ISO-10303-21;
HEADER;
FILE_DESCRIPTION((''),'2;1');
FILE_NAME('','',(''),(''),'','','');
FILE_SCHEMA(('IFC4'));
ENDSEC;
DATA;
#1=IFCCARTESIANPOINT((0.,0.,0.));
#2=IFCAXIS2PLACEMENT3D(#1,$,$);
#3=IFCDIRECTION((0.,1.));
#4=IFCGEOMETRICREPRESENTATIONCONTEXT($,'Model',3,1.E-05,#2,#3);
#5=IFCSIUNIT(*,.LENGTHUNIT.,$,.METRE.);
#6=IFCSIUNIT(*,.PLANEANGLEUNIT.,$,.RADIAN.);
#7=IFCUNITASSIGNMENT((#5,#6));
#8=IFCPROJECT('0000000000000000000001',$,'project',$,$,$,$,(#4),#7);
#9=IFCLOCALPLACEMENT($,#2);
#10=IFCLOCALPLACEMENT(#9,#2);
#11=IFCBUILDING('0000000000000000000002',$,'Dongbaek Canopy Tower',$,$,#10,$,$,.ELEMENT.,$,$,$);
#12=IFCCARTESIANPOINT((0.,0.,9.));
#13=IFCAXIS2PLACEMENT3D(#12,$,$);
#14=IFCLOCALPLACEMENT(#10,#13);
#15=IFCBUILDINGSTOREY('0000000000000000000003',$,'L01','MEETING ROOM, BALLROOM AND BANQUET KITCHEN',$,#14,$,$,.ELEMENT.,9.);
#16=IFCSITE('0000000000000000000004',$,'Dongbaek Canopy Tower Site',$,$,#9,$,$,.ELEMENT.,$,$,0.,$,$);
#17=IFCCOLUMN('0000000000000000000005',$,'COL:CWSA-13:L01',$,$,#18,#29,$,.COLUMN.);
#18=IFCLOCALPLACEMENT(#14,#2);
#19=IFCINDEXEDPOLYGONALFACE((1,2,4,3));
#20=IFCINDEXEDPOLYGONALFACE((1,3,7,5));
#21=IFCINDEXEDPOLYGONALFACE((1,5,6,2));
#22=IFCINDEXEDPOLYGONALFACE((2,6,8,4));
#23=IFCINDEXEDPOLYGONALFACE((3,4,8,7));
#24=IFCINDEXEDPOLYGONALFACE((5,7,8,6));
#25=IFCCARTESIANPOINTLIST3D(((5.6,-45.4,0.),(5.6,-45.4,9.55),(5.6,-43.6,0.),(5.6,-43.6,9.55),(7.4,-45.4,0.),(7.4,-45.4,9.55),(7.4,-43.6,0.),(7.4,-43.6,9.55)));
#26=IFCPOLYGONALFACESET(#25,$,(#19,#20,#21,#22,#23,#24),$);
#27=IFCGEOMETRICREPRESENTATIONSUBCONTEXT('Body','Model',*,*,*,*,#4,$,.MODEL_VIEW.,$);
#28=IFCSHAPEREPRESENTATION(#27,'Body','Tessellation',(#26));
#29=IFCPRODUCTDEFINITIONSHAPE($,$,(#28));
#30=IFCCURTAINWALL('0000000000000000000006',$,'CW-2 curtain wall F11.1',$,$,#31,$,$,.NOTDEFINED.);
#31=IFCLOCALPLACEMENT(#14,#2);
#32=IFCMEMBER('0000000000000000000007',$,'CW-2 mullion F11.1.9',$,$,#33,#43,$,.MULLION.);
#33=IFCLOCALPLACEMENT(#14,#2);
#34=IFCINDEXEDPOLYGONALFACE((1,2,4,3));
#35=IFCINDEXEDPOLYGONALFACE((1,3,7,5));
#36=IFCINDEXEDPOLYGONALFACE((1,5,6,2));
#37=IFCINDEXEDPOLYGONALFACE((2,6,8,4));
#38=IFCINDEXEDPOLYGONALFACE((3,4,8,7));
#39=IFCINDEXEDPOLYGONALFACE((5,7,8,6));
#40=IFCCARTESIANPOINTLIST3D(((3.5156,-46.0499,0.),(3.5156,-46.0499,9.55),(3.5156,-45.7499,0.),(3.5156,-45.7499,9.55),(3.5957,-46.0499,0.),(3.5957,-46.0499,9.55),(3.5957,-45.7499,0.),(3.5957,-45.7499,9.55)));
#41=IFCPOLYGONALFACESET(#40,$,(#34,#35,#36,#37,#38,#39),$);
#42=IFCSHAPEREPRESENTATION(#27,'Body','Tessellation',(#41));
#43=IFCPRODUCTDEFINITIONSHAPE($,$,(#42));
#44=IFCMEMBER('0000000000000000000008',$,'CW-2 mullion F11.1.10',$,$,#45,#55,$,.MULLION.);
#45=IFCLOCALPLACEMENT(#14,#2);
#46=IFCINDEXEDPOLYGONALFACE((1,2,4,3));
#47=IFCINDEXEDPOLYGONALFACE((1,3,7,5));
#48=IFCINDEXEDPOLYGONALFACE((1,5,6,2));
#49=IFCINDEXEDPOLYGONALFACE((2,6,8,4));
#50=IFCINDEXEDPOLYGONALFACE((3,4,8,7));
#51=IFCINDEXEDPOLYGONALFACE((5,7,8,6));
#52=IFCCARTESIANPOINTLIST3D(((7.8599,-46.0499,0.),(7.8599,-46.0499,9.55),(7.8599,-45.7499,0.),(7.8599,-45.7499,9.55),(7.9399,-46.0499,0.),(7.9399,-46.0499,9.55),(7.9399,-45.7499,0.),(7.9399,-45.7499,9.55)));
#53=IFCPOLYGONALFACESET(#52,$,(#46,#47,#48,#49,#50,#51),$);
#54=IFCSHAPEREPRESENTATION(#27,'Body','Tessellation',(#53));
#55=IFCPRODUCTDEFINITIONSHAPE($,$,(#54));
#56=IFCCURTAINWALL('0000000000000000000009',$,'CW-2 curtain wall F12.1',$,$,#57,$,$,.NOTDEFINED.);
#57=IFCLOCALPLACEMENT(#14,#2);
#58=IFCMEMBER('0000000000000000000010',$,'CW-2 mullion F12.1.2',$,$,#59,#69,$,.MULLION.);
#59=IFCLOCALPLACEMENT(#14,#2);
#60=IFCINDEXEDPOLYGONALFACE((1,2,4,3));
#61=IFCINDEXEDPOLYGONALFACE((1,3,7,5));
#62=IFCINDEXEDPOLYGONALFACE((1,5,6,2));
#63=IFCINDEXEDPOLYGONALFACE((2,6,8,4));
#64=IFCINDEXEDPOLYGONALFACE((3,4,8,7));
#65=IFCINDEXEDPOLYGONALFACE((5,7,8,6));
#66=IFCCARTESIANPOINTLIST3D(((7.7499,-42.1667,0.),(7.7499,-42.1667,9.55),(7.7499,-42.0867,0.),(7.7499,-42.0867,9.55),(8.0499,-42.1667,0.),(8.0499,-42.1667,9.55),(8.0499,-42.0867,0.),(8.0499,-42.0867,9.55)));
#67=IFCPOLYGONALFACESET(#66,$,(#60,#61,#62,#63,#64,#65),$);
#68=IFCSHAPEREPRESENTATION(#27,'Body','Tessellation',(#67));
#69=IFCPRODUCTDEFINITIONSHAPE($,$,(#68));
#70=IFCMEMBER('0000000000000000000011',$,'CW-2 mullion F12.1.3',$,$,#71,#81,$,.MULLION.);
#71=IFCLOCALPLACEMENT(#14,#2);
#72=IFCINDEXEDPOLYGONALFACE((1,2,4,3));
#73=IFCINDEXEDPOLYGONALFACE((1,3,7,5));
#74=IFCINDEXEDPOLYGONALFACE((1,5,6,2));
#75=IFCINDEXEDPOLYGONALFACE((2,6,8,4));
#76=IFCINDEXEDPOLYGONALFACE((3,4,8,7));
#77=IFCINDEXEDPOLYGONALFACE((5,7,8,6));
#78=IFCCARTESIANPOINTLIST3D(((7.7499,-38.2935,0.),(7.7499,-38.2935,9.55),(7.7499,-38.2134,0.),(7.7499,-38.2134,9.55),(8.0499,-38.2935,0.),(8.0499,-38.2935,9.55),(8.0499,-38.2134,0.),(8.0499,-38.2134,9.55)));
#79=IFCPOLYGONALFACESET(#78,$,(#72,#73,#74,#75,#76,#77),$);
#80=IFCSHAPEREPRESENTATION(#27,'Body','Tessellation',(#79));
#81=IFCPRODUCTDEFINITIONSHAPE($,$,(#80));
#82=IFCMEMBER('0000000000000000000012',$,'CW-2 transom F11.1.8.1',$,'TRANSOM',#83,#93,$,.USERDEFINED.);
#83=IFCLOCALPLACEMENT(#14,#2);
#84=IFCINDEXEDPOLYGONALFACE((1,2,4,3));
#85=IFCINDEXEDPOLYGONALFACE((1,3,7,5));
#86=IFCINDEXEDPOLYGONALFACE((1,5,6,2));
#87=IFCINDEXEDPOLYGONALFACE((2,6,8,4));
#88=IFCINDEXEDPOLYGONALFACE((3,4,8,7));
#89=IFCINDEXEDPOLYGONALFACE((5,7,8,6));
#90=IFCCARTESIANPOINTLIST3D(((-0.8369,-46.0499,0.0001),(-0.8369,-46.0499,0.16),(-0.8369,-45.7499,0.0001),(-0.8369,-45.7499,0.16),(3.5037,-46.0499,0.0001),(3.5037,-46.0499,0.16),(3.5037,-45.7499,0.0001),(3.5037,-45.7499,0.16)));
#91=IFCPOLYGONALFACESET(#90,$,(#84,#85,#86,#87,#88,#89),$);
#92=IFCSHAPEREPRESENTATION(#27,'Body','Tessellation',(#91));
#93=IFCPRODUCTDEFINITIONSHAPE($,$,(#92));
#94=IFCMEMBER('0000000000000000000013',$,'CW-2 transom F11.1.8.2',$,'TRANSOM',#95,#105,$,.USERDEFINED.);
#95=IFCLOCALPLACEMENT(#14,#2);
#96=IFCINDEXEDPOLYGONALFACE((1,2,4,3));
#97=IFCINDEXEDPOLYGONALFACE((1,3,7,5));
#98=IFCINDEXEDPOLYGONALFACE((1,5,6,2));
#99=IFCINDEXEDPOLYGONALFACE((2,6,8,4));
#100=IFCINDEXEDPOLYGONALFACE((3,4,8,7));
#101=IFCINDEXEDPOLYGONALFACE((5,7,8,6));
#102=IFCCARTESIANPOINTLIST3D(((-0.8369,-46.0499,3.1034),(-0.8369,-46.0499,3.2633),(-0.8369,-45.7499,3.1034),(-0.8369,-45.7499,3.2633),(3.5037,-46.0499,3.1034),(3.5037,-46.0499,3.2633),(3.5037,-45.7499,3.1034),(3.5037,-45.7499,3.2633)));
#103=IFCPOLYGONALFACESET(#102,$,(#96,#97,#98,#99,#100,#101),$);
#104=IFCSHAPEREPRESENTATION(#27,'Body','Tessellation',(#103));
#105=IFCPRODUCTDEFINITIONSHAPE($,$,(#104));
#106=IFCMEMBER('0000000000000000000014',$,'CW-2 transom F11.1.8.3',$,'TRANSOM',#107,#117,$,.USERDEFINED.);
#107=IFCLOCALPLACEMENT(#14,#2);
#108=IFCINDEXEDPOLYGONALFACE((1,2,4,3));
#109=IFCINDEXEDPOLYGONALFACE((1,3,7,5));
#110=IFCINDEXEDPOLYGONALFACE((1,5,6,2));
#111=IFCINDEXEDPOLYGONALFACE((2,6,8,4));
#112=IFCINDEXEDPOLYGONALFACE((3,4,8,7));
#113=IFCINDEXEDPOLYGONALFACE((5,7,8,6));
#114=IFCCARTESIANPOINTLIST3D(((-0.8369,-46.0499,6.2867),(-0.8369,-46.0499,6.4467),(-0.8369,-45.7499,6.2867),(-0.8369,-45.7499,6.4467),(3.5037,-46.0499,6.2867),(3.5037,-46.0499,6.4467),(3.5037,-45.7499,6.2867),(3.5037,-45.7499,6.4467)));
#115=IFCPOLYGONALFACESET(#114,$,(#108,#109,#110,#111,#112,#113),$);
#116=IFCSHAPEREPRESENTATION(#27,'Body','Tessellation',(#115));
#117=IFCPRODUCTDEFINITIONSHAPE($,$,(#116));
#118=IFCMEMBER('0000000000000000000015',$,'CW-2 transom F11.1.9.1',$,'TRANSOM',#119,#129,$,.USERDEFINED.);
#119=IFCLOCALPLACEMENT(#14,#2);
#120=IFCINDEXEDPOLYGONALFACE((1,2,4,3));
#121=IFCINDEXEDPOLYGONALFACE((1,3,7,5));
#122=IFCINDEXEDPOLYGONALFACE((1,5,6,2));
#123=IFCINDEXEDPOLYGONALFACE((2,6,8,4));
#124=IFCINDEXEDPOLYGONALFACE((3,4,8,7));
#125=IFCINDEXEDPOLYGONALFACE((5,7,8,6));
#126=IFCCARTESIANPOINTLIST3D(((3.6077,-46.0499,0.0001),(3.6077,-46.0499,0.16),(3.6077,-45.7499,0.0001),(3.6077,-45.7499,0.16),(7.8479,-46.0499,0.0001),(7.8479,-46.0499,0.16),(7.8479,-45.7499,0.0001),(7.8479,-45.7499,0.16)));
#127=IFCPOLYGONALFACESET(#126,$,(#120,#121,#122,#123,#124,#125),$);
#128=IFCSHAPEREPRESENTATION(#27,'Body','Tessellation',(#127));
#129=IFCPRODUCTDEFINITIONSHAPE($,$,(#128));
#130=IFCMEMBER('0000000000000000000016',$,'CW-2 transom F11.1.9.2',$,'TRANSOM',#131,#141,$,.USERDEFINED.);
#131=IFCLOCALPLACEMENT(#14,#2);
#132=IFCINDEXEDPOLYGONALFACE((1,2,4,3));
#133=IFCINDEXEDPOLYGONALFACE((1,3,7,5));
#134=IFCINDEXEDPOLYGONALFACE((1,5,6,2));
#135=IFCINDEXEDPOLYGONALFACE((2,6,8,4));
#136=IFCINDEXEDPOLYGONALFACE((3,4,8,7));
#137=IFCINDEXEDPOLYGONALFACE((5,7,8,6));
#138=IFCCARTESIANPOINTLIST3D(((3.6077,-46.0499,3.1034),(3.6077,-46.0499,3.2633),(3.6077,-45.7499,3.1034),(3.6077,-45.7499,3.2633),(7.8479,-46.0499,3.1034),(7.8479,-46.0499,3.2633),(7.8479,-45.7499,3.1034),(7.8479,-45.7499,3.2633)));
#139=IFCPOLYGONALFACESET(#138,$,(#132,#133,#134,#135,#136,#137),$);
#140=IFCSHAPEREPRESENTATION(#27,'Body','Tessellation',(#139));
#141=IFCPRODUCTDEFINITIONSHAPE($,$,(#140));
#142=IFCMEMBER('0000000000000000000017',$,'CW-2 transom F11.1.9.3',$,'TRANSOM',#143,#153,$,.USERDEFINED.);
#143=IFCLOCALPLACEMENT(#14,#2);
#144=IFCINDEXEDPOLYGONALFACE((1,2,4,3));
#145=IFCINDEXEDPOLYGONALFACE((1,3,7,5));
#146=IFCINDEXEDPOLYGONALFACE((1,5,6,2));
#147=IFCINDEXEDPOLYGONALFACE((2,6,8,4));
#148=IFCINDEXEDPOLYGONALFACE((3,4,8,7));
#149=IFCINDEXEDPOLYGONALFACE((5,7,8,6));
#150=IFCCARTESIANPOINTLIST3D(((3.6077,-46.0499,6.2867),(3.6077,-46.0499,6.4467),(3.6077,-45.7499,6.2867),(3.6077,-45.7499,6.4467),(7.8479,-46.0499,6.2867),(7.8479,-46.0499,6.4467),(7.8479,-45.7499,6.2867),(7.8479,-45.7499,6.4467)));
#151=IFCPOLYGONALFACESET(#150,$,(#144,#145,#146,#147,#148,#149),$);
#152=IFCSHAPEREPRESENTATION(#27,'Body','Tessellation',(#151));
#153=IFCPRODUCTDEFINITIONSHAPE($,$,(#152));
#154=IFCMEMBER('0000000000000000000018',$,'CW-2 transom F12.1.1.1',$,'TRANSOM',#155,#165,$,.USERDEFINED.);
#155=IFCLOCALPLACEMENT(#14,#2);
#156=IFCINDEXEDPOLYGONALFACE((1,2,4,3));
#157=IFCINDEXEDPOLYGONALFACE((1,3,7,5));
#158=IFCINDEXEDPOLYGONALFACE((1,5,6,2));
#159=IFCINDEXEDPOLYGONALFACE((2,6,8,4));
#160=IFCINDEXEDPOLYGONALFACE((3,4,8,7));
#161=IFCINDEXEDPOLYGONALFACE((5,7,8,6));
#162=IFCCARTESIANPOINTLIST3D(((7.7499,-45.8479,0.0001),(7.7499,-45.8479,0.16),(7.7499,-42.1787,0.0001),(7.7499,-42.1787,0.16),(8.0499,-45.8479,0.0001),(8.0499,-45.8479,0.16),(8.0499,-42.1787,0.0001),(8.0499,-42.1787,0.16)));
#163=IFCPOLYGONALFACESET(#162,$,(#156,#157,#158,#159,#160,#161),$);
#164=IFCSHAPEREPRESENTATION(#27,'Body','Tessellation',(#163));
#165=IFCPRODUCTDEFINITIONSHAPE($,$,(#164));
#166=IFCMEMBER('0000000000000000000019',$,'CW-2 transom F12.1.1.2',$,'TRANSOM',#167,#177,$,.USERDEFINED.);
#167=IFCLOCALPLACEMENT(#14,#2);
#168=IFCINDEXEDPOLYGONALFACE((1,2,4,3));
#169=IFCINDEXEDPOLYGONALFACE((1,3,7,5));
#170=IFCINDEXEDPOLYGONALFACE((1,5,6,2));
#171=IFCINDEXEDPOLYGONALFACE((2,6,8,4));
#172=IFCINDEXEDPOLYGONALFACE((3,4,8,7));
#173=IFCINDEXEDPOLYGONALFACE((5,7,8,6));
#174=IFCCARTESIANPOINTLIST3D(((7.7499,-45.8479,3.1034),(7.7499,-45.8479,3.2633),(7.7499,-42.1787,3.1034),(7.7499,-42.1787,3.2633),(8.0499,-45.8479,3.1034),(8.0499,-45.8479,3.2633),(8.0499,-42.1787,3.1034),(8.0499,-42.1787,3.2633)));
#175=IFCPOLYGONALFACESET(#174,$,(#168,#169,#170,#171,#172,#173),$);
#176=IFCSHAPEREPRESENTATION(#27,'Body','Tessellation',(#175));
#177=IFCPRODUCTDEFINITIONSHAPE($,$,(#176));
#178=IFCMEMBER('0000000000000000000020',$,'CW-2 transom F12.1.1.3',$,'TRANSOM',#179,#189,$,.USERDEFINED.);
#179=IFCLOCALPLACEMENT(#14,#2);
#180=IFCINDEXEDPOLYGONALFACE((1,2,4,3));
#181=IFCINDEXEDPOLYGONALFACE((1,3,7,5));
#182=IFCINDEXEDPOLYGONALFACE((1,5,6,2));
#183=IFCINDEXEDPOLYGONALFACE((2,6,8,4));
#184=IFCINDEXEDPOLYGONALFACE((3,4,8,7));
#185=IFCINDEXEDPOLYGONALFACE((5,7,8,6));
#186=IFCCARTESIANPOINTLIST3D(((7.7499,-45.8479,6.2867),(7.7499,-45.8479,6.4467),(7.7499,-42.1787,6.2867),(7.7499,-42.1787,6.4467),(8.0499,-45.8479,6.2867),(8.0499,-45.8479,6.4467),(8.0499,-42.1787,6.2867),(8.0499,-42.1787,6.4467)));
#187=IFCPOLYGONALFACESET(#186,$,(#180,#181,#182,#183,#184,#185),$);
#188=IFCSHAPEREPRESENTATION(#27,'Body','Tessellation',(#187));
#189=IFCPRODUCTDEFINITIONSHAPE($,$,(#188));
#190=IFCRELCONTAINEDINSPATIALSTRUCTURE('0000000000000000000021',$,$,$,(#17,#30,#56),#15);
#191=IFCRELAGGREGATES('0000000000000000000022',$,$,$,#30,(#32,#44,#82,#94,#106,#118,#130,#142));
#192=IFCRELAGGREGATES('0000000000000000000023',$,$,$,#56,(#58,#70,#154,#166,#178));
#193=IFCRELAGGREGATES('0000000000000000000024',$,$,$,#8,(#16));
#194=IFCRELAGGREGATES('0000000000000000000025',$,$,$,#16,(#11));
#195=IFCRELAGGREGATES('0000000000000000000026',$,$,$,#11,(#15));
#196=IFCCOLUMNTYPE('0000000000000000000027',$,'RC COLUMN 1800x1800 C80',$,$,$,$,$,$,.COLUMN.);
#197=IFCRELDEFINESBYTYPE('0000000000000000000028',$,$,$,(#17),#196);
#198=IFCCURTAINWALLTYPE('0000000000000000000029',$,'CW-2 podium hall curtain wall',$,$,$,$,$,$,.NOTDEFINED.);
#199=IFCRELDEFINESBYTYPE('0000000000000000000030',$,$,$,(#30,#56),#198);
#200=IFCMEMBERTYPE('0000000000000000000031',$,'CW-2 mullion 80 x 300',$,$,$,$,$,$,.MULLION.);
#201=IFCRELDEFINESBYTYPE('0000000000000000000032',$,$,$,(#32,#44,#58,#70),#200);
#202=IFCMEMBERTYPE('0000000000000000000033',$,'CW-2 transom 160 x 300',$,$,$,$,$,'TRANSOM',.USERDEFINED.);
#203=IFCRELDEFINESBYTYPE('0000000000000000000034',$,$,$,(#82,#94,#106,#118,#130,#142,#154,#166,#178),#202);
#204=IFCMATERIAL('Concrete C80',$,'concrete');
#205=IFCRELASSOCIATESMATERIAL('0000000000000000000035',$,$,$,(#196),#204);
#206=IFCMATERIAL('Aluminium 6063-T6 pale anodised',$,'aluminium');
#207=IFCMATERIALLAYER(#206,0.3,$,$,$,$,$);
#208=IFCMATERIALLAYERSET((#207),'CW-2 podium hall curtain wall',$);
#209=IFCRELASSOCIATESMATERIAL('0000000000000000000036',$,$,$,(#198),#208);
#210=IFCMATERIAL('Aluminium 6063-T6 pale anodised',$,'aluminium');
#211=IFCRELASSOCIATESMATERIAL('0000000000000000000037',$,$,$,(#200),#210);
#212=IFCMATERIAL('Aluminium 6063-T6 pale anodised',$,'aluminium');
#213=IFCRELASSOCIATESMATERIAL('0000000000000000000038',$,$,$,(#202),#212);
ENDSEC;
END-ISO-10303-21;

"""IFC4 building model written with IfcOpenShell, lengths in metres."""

from ifc_helpers import new_model, si_unit, direction, frame, origin, origin_2d, place, context, subcontext, project, spatial, rectangle, extrude, material, layer, layer_set, material_profile, profile_set, type_object, element, aggregate, save


model = new_model("IFC4")

# Units and contexts
model_context = context("Model", 3, precision=1e-05, world=origin(), true_north=direction((0.0, 1.0)))
body_context = subcontext(model_context, "Body", "Model", "MODEL_VIEW")
ifc_project = project(units=[si_unit("LENGTHUNIT", "METRE"), si_unit("PLANEANGLEUNIT", "RADIAN")], contexts=[model_context])

# Site, building, storey
site_placement = place(None, origin())
site = spatial("IfcSite", under=ifc_project, at=site_placement, Name="Dongbaek Canopy Tower Site", CompositionType="ELEMENT", RefElevation=0.0)
building_placement = place(site_placement, origin())
building = spatial("IfcBuilding", under=site, at=building_placement, Name="Dongbaek Canopy Tower", CompositionType="ELEMENT")
storey_placement = place(building_placement, frame((0.0, 0.0, 9.0)))
storey = spatial("IfcBuildingStorey", under=building, at=storey_placement, Name="L01", Description="MEETING ROOM, BALLROOM AND BANQUET KITCHEN", CompositionType="ELEMENT", Elevation=9.0)

# Column
ifc_material_1 = material(Name="Concrete C80", Category="concrete")
ifc_material_profile_1 = material_profile(ifc_material_1, rectangle(XDim=1.8, YDim=1.8, at=origin_2d()), Name="RC COLUMN 1800x1800 C80")
ifc_profile_set_1 = profile_set([ifc_material_profile_1], Name="Concrete C80")
column_type = type_object("IfcColumnType", Name="RC COLUMN 1800x1800 C80", PredefinedType="COLUMN", material=ifc_profile_set_1)
column_placement = place(storey_placement, frame((6.5, -44.5, 0.0), z_axis=(0.0, 0.0, 1.0), x_axis=(1.0, 0.0, 0.0)))
element("IfcColumn", 1, at=column_placement, inside=storey, type_object=column_type, Name="COL:CWSA-13:L01", PredefinedType="COLUMN", context=body_context, shape_type="SweptSolid", body=[
    extrude(rectangle(XDim=1.8, YDim=1.8, at=origin_2d()), origin(), (0.0, 0.0, 1.0), 9.55),
])

# Curtain walls, members
ifc_material_2 = material(Name="Aluminium 6063-T6 pale anodised", Category="aluminium")
ifc_layer_1 = layer(ifc_material_2, 0.3)
ifc_layer_set_1 = layer_set([ifc_layer_1], Name="CW-2 podium hall curtain wall")
curtain_wall_type = type_object("IfcCurtainWallType", Name="CW-2 podium hall curtain wall", PredefinedType="NOTDEFINED", material=ifc_layer_set_1)
curtain_wall_1_placement = place(storey_placement, origin())
curtain_wall_1 = element("IfcCurtainWall", 2, at=curtain_wall_1_placement, inside=storey, type_object=curtain_wall_type, Name="CW-2 curtain wall F11.1", PredefinedType="NOTDEFINED")
ifc_material_3 = material(Name="Aluminium 6063-T6 pale anodised", Category="aluminium")
ifc_material_profile_2 = material_profile(ifc_material_3, rectangle(XDim=0.3, YDim=0.0801, at=origin_2d()), Name="CW-2 mullion 80 x 300")
ifc_profile_set_2 = profile_set([ifc_material_profile_2], Name="Aluminium 6063-T6 pale anodised")
member_type_1 = type_object("IfcMemberType", Name="CW-2 mullion 80 x 300", PredefinedType="MULLION", material=ifc_profile_set_2)
member_1_placement = place(storey_placement, frame((3.5557, -45.8999, 0.0), z_axis=(0.0, 0.0, 1.0), x_axis=(0.0, -1.0, 0.0)))
member_1 = element("IfcMember", 3, at=member_1_placement, type_object=member_type_1, Name="CW-2 mullion F11.1.9", PredefinedType="MULLION", context=body_context, shape_type="SweptSolid", body=[
    extrude(rectangle(XDim=0.3, YDim=0.0801, at=origin_2d()), origin(), (0.0, 0.0, 1.0), 9.55),
])
member_2_placement = place(storey_placement, frame((7.8999, -45.8999, 0.0), z_axis=(0.0, 0.0, 1.0), x_axis=(0.0, -1.0, 0.0)))
member_2 = element("IfcMember", 4, at=member_2_placement, type_object=member_type_1, Name="CW-2 mullion F11.1.10", PredefinedType="MULLION", context=body_context, shape_type="SweptSolid", body=[
    extrude(rectangle(XDim=0.3, YDim=0.0801, at=origin_2d()), origin(), (0.0, 0.0, 1.0), 9.55),
])
curtain_wall_2_placement = place(storey_placement, origin())
curtain_wall_2 = element("IfcCurtainWall", 5, at=curtain_wall_2_placement, inside=storey, type_object=curtain_wall_type, Name="CW-2 curtain wall F12.1", PredefinedType="NOTDEFINED")
member_3_placement = place(storey_placement, frame((7.8999, -42.1267, 0.0), z_axis=(0.0, 0.0, 1.0), x_axis=(1.0, 0.0, 0.0)))
member_3 = element("IfcMember", 6, at=member_3_placement, type_object=member_type_1, Name="CW-2 mullion F12.1.2", PredefinedType="MULLION", context=body_context, shape_type="SweptSolid", body=[
    extrude(rectangle(XDim=0.3, YDim=0.0801, at=origin_2d()), origin(), (0.0, 0.0, 1.0), 9.55),
])
member_4_placement = place(storey_placement, frame((7.8999, -38.2534, 0.0), z_axis=(0.0, 0.0, 1.0), x_axis=(1.0, 0.0, 0.0)))
member_4 = element("IfcMember", 7, at=member_4_placement, type_object=member_type_1, Name="CW-2 mullion F12.1.3", PredefinedType="MULLION", context=body_context, shape_type="SweptSolid", body=[
    extrude(rectangle(XDim=0.3, YDim=0.0801, at=origin_2d()), origin(), (0.0, 0.0, 1.0), 9.55),
])

# Members
ifc_material_4 = material(Name="Aluminium 6063-T6 pale anodised", Category="aluminium")
ifc_material_profile_3 = material_profile(ifc_material_4, rectangle(XDim=0.3, YDim=0.1599, at=origin_2d()), Name="CW-2 transom 160 x 300")
ifc_profile_set_3 = profile_set([ifc_material_profile_3], Name="Aluminium 6063-T6 pale anodised")
member_type_2 = type_object("IfcMemberType", Name="CW-2 transom 160 x 300", ElementType="TRANSOM", PredefinedType="USERDEFINED", material=ifc_profile_set_3)
member_5_placement = place(storey_placement, frame((-0.8369, -45.8999, 0.0801), z_axis=(1.0, 0.0, 0.0), x_axis=(0.0, 1.0, 0.0)))
member_5 = element("IfcMember", 8, at=member_5_placement, type_object=member_type_2, Name="CW-2 transom F11.1.8.1", ObjectType="TRANSOM", PredefinedType="USERDEFINED", context=body_context, shape_type="SweptSolid", body=[
    extrude(rectangle(XDim=0.3, YDim=0.1599, at=origin_2d()), origin(), (0.0, 0.0, 1.0), 4.3406),
])
member_6_placement = place(storey_placement, frame((-0.8369, -45.8999, 3.1833), z_axis=(1.0, 0.0, 0.0), x_axis=(0.0, 1.0, 0.0)))
member_6 = element("IfcMember", 9, at=member_6_placement, type_object=member_type_2, Name="CW-2 transom F11.1.8.2", ObjectType="TRANSOM", PredefinedType="USERDEFINED", context=body_context, shape_type="SweptSolid", body=[
    extrude(rectangle(XDim=0.3, YDim=0.1599, at=origin_2d()), origin(), (0.0, 0.0, 1.0), 4.3406),
])
member_7_placement = place(storey_placement, frame((-0.8369, -45.8999, 6.3667), z_axis=(1.0, 0.0, 0.0), x_axis=(0.0, 1.0, 0.0)))
member_7 = element("IfcMember", 10, at=member_7_placement, type_object=member_type_2, Name="CW-2 transom F11.1.8.3", ObjectType="TRANSOM", PredefinedType="USERDEFINED", context=body_context, shape_type="SweptSolid", body=[
    extrude(rectangle(XDim=0.3, YDim=0.1599, at=origin_2d()), origin(), (0.0, 0.0, 1.0), 4.3406),
])
member_8_placement = place(storey_placement, frame((3.6077, -45.8999, 0.0801), z_axis=(1.0, 0.0, 0.0), x_axis=(0.0, 1.0, 0.0)))
member_8 = element("IfcMember", 11, at=member_8_placement, type_object=member_type_2, Name="CW-2 transom F11.1.9.1", ObjectType="TRANSOM", PredefinedType="USERDEFINED", context=body_context, shape_type="SweptSolid", body=[
    extrude(rectangle(XDim=0.3, YDim=0.1599, at=origin_2d()), origin(), (0.0, 0.0, 1.0), 4.2402),
])
member_9_placement = place(storey_placement, frame((3.6077, -45.8999, 3.1833), z_axis=(1.0, 0.0, 0.0), x_axis=(0.0, 1.0, 0.0)))
member_9 = element("IfcMember", 12, at=member_9_placement, type_object=member_type_2, Name="CW-2 transom F11.1.9.2", ObjectType="TRANSOM", PredefinedType="USERDEFINED", context=body_context, shape_type="SweptSolid", body=[
    extrude(rectangle(XDim=0.3, YDim=0.1599, at=origin_2d()), origin(), (0.0, 0.0, 1.0), 4.2402),
])
member_10_placement = place(storey_placement, frame((3.6077, -45.8999, 6.3667), z_axis=(1.0, 0.0, 0.0), x_axis=(0.0, 1.0, 0.0)))
member_10 = element("IfcMember", 13, at=member_10_placement, type_object=member_type_2, Name="CW-2 transom F11.1.9.3", ObjectType="TRANSOM", PredefinedType="USERDEFINED", context=body_context, shape_type="SweptSolid", body=[
    extrude(rectangle(XDim=0.3, YDim=0.1599, at=origin_2d()), origin(), (0.0, 0.0, 1.0), 4.2402),
])
member_11_placement = place(storey_placement, frame((7.8999, -45.8479, 0.0801), z_axis=(0.0, 1.0, 0.0), x_axis=(-1.0, 0.0, 0.0)))
member_11 = element("IfcMember", 14, at=member_11_placement, type_object=member_type_2, Name="CW-2 transom F12.1.1.1", ObjectType="TRANSOM", PredefinedType="USERDEFINED", context=body_context, shape_type="SweptSolid", body=[
    extrude(rectangle(XDim=0.3, YDim=0.1599, at=origin_2d()), origin(), (0.0, 0.0, 1.0), 3.6692),
])
member_12_placement = place(storey_placement, frame((7.8999, -45.8479, 3.1833), z_axis=(0.0, 1.0, 0.0), x_axis=(-1.0, 0.0, 0.0)))
member_12 = element("IfcMember", 15, at=member_12_placement, type_object=member_type_2, Name="CW-2 transom F12.1.1.2", ObjectType="TRANSOM", PredefinedType="USERDEFINED", context=body_context, shape_type="SweptSolid", body=[
    extrude(rectangle(XDim=0.3, YDim=0.1599, at=origin_2d()), origin(), (0.0, 0.0, 1.0), 3.6692),
])
member_13_placement = place(storey_placement, frame((7.8999, -45.8479, 6.3667), z_axis=(0.0, 1.0, 0.0), x_axis=(-1.0, 0.0, 0.0)))
member_13 = element("IfcMember", 16, at=member_13_placement, type_object=member_type_2, Name="CW-2 transom F12.1.1.3", ObjectType="TRANSOM", PredefinedType="USERDEFINED", context=body_context, shape_type="SweptSolid", body=[
    extrude(rectangle(XDim=0.3, YDim=0.1599, at=origin_2d()), origin(), (0.0, 0.0, 1.0), 3.6692),
])

aggregate(curtain_wall_1, [member_1, member_2, member_5, member_6, member_7, member_8, member_9, member_10])
aggregate(curtain_wall_2, [member_3, member_4, member_11, member_12, member_13])

save(model, "model.ifc")
